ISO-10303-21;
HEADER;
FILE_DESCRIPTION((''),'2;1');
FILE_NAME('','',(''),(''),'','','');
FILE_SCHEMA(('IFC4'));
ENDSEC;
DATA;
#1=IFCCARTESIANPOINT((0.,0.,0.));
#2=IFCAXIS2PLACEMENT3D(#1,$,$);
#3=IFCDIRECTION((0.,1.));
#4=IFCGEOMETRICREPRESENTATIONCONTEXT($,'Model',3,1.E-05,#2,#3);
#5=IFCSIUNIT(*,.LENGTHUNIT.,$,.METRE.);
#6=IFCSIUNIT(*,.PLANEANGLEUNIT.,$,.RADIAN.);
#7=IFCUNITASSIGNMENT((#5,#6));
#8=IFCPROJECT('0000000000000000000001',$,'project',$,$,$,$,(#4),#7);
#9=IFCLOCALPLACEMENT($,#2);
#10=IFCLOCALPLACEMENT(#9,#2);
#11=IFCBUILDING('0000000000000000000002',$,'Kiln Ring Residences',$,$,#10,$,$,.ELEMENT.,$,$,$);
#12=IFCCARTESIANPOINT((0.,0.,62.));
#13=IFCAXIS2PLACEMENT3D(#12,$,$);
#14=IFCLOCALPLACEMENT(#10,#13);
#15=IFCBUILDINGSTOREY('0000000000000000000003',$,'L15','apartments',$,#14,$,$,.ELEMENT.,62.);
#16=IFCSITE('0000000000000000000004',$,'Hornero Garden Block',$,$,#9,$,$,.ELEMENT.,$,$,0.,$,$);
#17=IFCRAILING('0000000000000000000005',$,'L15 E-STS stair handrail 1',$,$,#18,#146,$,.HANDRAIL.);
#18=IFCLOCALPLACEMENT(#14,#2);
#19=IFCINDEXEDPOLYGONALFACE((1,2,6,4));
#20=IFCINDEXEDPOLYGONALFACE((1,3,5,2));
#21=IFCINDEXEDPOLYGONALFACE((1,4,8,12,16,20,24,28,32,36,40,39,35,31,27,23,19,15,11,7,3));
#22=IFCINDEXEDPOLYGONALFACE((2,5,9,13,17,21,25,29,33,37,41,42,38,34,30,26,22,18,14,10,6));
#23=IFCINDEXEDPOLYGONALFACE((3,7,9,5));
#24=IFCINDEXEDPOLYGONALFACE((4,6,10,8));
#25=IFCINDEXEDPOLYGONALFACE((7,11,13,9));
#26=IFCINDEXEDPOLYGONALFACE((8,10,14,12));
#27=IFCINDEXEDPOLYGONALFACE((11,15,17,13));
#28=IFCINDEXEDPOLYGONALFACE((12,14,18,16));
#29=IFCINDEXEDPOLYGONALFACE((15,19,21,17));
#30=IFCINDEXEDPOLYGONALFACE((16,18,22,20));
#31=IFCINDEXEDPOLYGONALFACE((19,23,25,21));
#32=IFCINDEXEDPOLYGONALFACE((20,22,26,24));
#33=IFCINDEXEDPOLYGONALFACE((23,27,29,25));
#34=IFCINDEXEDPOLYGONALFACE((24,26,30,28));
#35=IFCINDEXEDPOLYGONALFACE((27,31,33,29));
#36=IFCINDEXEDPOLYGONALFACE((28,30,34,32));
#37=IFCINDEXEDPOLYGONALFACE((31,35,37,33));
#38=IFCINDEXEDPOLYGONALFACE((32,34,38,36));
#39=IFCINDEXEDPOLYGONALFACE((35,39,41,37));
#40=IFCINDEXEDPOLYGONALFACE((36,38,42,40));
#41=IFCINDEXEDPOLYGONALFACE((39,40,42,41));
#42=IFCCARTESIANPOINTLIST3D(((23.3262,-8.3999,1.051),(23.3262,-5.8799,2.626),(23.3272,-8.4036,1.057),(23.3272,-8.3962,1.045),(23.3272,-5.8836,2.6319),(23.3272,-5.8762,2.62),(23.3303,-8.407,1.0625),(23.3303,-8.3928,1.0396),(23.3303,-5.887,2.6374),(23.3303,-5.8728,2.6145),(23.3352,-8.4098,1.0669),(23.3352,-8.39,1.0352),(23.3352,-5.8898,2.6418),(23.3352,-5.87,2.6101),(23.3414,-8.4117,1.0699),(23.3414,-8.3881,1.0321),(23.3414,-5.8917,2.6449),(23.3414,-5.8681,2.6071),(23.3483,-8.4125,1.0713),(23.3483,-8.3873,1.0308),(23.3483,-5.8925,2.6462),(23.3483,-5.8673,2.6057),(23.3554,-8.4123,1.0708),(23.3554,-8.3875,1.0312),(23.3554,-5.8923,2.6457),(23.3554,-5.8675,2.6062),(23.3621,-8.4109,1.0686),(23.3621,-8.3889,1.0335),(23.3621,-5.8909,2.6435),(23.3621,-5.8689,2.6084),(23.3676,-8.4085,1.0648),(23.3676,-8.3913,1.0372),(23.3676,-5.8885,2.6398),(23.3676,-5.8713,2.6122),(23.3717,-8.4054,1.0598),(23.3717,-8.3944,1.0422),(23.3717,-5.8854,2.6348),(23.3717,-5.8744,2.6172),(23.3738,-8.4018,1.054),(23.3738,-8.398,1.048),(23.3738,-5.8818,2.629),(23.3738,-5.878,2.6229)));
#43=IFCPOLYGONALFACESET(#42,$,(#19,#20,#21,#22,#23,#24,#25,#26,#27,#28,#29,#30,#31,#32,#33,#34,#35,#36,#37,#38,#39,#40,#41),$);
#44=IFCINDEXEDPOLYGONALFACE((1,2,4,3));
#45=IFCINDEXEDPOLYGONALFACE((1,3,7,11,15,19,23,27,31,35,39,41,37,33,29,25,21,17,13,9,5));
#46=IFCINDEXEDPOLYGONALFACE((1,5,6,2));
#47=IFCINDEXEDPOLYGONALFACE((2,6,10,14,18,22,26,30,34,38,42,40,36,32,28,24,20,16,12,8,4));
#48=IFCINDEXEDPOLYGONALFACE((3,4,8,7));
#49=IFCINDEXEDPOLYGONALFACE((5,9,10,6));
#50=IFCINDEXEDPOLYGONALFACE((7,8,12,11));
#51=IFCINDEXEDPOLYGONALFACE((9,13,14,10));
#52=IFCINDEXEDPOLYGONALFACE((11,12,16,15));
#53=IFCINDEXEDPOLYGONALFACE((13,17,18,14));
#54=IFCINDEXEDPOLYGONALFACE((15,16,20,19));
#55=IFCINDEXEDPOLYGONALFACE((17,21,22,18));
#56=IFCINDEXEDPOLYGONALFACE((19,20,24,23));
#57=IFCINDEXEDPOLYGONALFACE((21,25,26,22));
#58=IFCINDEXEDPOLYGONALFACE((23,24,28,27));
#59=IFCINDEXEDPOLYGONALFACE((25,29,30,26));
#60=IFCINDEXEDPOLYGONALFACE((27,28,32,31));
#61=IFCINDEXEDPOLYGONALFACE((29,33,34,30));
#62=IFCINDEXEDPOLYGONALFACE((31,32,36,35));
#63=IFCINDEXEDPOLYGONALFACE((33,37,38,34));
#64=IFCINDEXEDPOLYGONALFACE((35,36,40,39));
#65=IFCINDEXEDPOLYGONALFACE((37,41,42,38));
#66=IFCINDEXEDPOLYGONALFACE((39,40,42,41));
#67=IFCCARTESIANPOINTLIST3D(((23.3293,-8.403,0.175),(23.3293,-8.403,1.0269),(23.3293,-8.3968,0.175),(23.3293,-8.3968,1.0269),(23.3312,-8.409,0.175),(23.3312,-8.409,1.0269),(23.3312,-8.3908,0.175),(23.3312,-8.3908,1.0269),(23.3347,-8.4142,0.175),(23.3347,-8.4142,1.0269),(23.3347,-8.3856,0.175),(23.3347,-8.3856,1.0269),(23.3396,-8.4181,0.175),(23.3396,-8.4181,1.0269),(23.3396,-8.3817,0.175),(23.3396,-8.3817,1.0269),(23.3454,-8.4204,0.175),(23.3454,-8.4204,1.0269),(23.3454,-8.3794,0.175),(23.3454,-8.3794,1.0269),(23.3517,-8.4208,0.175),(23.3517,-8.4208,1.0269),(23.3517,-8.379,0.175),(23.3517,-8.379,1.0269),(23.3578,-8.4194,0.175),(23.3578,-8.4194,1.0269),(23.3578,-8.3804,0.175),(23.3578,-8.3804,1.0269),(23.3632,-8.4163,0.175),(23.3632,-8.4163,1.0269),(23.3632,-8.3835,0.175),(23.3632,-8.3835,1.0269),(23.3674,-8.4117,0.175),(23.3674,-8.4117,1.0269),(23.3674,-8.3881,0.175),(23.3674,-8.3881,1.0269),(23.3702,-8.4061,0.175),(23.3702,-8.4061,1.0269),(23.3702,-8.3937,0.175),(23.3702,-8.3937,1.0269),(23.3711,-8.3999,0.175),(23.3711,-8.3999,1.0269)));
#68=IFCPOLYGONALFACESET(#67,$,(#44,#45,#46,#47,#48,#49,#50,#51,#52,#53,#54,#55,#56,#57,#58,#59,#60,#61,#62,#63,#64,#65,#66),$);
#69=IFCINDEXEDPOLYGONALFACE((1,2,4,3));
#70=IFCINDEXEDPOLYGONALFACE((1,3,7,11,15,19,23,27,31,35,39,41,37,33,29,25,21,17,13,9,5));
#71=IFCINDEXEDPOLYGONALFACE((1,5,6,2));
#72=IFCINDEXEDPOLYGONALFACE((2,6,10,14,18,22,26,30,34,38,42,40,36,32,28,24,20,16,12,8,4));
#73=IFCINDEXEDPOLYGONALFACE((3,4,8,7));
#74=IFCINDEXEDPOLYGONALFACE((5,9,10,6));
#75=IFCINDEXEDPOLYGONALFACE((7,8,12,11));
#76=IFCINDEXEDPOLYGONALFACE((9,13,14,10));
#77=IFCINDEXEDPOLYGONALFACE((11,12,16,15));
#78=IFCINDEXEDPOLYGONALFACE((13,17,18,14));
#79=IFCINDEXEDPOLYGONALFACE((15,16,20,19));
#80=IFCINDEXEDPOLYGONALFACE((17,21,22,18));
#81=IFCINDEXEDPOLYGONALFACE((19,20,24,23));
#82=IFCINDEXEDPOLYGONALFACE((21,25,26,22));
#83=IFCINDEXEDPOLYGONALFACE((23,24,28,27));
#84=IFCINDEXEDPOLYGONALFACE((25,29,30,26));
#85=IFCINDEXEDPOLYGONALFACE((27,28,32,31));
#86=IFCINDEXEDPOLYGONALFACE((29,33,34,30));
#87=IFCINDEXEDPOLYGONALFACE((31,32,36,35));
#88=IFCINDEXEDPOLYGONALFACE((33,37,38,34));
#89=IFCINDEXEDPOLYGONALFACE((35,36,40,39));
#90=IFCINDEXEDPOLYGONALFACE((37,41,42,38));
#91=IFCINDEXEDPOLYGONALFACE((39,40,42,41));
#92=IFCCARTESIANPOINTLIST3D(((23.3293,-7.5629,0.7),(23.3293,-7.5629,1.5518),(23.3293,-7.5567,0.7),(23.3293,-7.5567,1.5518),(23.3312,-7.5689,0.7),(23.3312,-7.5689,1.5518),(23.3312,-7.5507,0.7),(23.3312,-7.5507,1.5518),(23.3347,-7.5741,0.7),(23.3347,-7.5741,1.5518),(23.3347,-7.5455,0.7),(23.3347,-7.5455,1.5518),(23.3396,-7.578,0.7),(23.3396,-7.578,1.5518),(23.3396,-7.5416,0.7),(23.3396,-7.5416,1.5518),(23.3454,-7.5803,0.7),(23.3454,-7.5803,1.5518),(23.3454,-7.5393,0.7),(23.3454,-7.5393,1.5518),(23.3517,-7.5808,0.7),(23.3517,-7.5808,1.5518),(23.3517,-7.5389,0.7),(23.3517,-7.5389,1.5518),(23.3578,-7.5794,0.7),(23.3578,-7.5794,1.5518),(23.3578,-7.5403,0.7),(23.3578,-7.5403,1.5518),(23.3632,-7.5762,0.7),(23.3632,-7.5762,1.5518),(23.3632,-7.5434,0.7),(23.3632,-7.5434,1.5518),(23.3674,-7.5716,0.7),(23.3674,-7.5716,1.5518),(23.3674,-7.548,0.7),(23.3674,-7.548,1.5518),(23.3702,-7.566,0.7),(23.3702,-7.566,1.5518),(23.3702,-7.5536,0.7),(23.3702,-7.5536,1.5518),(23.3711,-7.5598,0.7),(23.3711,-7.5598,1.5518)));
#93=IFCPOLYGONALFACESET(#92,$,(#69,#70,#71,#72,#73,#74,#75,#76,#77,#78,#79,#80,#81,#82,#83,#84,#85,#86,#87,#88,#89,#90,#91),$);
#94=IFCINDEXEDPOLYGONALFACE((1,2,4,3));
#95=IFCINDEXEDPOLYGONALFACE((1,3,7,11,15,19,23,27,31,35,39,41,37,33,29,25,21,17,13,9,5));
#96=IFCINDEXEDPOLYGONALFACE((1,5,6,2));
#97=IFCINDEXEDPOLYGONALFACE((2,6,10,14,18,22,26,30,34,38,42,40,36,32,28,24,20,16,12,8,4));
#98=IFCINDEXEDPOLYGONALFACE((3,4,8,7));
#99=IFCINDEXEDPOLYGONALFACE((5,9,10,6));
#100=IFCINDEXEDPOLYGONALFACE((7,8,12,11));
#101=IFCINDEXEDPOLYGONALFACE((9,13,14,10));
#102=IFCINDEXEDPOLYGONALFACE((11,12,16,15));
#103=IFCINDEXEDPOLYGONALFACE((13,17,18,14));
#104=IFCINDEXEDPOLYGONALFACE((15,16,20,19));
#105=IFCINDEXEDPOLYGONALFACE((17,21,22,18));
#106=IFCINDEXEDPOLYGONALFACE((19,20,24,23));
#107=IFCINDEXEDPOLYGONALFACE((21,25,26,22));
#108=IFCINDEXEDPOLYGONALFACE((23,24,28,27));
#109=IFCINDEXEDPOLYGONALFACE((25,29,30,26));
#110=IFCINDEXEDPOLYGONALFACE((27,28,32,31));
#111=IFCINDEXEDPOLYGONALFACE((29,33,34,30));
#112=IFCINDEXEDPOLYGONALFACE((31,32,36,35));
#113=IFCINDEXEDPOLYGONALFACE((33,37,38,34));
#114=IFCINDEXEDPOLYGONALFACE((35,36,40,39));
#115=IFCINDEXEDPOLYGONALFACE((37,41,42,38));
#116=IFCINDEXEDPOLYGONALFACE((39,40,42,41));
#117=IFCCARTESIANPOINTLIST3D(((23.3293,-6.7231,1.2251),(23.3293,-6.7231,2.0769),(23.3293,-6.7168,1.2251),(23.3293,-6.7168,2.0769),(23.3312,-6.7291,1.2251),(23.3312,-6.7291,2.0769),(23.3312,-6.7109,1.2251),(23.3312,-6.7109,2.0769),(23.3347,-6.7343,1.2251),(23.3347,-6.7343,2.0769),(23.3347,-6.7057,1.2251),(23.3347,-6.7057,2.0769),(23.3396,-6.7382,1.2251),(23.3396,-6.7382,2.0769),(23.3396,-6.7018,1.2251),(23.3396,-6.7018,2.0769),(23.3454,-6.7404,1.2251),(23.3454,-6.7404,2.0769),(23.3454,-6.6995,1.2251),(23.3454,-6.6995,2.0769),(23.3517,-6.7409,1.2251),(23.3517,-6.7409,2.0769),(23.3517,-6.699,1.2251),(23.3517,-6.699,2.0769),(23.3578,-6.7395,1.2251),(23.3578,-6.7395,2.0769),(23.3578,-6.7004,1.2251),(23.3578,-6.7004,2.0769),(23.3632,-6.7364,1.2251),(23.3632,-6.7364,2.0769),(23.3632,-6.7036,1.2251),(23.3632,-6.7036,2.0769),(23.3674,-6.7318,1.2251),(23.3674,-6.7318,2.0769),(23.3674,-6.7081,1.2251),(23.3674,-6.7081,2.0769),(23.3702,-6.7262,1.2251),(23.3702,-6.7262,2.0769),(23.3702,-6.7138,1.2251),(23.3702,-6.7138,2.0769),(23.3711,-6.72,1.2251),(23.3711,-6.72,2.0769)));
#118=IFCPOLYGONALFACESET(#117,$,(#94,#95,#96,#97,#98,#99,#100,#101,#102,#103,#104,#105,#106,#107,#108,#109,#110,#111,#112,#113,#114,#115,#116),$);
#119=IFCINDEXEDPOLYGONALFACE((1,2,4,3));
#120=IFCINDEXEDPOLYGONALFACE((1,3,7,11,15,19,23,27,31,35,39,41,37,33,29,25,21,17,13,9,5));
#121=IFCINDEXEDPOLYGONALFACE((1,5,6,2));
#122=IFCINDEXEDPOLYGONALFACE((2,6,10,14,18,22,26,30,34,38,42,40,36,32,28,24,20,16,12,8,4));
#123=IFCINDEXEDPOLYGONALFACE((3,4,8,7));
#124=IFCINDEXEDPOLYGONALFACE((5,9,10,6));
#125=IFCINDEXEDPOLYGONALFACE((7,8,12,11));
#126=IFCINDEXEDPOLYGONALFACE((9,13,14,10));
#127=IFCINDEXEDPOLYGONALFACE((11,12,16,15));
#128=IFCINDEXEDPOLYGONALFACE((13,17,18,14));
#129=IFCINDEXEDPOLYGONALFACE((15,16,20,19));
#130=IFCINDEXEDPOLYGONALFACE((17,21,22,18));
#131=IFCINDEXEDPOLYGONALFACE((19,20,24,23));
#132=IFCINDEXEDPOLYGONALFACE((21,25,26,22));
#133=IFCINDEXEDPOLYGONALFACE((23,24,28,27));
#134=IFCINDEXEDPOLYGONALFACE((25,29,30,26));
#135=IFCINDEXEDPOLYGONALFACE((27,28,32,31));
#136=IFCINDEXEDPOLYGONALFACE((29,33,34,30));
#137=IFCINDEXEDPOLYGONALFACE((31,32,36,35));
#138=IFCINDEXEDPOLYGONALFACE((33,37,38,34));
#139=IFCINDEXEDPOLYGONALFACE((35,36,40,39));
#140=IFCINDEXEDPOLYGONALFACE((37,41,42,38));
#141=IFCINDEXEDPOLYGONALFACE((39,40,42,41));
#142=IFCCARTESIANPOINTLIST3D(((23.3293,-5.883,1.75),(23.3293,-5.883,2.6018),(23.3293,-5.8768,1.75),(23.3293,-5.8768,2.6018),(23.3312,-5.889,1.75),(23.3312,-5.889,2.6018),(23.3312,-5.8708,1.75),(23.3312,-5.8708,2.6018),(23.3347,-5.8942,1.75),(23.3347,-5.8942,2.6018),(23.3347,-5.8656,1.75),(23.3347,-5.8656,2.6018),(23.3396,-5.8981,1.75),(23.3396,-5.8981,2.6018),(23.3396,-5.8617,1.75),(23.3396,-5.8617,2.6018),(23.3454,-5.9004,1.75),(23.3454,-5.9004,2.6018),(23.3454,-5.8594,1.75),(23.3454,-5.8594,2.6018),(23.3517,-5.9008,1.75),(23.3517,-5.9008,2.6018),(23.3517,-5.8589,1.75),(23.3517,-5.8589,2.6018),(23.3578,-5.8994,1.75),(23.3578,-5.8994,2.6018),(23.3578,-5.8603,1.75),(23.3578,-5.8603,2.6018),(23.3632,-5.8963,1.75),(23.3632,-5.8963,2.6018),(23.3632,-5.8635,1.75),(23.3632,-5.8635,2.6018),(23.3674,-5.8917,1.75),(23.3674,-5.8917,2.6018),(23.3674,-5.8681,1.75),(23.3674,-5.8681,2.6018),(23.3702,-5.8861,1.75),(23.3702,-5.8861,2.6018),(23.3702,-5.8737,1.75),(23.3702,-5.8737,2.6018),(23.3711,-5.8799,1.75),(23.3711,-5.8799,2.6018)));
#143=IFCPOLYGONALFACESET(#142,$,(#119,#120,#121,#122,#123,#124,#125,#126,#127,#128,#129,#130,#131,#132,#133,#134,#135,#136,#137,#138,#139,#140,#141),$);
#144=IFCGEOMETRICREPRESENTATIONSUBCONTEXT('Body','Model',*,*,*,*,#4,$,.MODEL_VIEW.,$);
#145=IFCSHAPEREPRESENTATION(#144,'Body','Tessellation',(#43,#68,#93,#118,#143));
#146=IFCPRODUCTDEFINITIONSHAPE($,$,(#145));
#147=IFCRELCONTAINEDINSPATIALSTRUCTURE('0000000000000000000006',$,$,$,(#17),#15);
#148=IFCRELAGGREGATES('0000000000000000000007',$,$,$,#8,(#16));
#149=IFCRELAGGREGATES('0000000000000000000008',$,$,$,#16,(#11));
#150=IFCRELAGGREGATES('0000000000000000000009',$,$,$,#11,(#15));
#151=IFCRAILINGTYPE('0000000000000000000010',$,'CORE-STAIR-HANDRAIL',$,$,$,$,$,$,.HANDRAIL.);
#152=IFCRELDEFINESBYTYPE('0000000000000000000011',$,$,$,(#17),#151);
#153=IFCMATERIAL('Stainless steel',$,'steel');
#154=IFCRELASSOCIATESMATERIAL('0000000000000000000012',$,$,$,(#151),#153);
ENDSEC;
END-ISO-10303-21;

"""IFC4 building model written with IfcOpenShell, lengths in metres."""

from ifc_helpers import new_model, si_unit, direction, frame, origin, origin_2d, place, context, subcontext, project, spatial, circle, extrude, material, type_object, element, save


model = new_model("IFC4")

# Units and contexts
model_context = context("Model", 3, precision=1e-05, world=origin(), true_north=direction((0.0, 1.0)))
body_context = subcontext(model_context, "Body", "Model", "MODEL_VIEW")
ifc_project = project(units=[si_unit("LENGTHUNIT", "METRE"), si_unit("PLANEANGLEUNIT", "RADIAN")], contexts=[model_context])

# Site, building, storey
site_placement = place(None, origin())
site = spatial("IfcSite", under=ifc_project, at=site_placement, Name="Hornero Garden Block", CompositionType="ELEMENT", RefElevation=0.0)
building_placement = place(site_placement, origin())
building = spatial("IfcBuilding", under=site, at=building_placement, Name="Kiln Ring Residences", CompositionType="ELEMENT")
storey_placement = place(building_placement, frame((0.0, 0.0, 62.0)))
storey = spatial("IfcBuildingStorey", under=building, at=storey_placement, Name="L15", Description="apartments", CompositionType="ELEMENT", Elevation=62.0)

# Railing
ifc_material_1 = material(Name="Stainless steel", Category="steel")
railing_type_1 = type_object("IfcRailingType", Name="CORE-STAIR-HANDRAIL", PredefinedType="HANDRAIL", material=ifc_material_1)
railing_1_placement = place(storey_placement, frame((23.3501, -8.3999, 0.175)))
element("IfcRailing", 1, at=railing_1_placement, inside=storey, type_object=railing_type_1, Name="L15 E-STS stair handrail 1", PredefinedType="HANDRAIL", context=body_context, shape_type="SweptSolid", body=[
    extrude(circle(Radius=0.0239, at=origin_2d()), frame((0.0, 0.0, 0.876), z_axis=(0.0, 0.848008, 0.529984), x_axis=(-1.0, 0.0, 0.0)), (0.0, 0.0, 1.0), 2.9717),
    extrude(circle(Radius=0.021, at=origin_2d()), origin(), (0.0, 0.0, 1.0), 0.8518),
    extrude(circle(Radius=0.021, at=origin_2d()), frame((0.0, 0.8401, 0.5249)), (0.0, 0.0, 1.0), 0.8518),
    extrude(circle(Radius=0.021, at=origin_2d()), frame((0.0, 1.6799, 1.05)), (0.0, 0.0, 1.0), 0.8518),
    extrude(circle(Radius=0.021, at=origin_2d()), frame((0.0, 2.52, 1.575)), (0.0, 0.0, 1.0), 0.8518),
])

save(model, "model.ifc")
